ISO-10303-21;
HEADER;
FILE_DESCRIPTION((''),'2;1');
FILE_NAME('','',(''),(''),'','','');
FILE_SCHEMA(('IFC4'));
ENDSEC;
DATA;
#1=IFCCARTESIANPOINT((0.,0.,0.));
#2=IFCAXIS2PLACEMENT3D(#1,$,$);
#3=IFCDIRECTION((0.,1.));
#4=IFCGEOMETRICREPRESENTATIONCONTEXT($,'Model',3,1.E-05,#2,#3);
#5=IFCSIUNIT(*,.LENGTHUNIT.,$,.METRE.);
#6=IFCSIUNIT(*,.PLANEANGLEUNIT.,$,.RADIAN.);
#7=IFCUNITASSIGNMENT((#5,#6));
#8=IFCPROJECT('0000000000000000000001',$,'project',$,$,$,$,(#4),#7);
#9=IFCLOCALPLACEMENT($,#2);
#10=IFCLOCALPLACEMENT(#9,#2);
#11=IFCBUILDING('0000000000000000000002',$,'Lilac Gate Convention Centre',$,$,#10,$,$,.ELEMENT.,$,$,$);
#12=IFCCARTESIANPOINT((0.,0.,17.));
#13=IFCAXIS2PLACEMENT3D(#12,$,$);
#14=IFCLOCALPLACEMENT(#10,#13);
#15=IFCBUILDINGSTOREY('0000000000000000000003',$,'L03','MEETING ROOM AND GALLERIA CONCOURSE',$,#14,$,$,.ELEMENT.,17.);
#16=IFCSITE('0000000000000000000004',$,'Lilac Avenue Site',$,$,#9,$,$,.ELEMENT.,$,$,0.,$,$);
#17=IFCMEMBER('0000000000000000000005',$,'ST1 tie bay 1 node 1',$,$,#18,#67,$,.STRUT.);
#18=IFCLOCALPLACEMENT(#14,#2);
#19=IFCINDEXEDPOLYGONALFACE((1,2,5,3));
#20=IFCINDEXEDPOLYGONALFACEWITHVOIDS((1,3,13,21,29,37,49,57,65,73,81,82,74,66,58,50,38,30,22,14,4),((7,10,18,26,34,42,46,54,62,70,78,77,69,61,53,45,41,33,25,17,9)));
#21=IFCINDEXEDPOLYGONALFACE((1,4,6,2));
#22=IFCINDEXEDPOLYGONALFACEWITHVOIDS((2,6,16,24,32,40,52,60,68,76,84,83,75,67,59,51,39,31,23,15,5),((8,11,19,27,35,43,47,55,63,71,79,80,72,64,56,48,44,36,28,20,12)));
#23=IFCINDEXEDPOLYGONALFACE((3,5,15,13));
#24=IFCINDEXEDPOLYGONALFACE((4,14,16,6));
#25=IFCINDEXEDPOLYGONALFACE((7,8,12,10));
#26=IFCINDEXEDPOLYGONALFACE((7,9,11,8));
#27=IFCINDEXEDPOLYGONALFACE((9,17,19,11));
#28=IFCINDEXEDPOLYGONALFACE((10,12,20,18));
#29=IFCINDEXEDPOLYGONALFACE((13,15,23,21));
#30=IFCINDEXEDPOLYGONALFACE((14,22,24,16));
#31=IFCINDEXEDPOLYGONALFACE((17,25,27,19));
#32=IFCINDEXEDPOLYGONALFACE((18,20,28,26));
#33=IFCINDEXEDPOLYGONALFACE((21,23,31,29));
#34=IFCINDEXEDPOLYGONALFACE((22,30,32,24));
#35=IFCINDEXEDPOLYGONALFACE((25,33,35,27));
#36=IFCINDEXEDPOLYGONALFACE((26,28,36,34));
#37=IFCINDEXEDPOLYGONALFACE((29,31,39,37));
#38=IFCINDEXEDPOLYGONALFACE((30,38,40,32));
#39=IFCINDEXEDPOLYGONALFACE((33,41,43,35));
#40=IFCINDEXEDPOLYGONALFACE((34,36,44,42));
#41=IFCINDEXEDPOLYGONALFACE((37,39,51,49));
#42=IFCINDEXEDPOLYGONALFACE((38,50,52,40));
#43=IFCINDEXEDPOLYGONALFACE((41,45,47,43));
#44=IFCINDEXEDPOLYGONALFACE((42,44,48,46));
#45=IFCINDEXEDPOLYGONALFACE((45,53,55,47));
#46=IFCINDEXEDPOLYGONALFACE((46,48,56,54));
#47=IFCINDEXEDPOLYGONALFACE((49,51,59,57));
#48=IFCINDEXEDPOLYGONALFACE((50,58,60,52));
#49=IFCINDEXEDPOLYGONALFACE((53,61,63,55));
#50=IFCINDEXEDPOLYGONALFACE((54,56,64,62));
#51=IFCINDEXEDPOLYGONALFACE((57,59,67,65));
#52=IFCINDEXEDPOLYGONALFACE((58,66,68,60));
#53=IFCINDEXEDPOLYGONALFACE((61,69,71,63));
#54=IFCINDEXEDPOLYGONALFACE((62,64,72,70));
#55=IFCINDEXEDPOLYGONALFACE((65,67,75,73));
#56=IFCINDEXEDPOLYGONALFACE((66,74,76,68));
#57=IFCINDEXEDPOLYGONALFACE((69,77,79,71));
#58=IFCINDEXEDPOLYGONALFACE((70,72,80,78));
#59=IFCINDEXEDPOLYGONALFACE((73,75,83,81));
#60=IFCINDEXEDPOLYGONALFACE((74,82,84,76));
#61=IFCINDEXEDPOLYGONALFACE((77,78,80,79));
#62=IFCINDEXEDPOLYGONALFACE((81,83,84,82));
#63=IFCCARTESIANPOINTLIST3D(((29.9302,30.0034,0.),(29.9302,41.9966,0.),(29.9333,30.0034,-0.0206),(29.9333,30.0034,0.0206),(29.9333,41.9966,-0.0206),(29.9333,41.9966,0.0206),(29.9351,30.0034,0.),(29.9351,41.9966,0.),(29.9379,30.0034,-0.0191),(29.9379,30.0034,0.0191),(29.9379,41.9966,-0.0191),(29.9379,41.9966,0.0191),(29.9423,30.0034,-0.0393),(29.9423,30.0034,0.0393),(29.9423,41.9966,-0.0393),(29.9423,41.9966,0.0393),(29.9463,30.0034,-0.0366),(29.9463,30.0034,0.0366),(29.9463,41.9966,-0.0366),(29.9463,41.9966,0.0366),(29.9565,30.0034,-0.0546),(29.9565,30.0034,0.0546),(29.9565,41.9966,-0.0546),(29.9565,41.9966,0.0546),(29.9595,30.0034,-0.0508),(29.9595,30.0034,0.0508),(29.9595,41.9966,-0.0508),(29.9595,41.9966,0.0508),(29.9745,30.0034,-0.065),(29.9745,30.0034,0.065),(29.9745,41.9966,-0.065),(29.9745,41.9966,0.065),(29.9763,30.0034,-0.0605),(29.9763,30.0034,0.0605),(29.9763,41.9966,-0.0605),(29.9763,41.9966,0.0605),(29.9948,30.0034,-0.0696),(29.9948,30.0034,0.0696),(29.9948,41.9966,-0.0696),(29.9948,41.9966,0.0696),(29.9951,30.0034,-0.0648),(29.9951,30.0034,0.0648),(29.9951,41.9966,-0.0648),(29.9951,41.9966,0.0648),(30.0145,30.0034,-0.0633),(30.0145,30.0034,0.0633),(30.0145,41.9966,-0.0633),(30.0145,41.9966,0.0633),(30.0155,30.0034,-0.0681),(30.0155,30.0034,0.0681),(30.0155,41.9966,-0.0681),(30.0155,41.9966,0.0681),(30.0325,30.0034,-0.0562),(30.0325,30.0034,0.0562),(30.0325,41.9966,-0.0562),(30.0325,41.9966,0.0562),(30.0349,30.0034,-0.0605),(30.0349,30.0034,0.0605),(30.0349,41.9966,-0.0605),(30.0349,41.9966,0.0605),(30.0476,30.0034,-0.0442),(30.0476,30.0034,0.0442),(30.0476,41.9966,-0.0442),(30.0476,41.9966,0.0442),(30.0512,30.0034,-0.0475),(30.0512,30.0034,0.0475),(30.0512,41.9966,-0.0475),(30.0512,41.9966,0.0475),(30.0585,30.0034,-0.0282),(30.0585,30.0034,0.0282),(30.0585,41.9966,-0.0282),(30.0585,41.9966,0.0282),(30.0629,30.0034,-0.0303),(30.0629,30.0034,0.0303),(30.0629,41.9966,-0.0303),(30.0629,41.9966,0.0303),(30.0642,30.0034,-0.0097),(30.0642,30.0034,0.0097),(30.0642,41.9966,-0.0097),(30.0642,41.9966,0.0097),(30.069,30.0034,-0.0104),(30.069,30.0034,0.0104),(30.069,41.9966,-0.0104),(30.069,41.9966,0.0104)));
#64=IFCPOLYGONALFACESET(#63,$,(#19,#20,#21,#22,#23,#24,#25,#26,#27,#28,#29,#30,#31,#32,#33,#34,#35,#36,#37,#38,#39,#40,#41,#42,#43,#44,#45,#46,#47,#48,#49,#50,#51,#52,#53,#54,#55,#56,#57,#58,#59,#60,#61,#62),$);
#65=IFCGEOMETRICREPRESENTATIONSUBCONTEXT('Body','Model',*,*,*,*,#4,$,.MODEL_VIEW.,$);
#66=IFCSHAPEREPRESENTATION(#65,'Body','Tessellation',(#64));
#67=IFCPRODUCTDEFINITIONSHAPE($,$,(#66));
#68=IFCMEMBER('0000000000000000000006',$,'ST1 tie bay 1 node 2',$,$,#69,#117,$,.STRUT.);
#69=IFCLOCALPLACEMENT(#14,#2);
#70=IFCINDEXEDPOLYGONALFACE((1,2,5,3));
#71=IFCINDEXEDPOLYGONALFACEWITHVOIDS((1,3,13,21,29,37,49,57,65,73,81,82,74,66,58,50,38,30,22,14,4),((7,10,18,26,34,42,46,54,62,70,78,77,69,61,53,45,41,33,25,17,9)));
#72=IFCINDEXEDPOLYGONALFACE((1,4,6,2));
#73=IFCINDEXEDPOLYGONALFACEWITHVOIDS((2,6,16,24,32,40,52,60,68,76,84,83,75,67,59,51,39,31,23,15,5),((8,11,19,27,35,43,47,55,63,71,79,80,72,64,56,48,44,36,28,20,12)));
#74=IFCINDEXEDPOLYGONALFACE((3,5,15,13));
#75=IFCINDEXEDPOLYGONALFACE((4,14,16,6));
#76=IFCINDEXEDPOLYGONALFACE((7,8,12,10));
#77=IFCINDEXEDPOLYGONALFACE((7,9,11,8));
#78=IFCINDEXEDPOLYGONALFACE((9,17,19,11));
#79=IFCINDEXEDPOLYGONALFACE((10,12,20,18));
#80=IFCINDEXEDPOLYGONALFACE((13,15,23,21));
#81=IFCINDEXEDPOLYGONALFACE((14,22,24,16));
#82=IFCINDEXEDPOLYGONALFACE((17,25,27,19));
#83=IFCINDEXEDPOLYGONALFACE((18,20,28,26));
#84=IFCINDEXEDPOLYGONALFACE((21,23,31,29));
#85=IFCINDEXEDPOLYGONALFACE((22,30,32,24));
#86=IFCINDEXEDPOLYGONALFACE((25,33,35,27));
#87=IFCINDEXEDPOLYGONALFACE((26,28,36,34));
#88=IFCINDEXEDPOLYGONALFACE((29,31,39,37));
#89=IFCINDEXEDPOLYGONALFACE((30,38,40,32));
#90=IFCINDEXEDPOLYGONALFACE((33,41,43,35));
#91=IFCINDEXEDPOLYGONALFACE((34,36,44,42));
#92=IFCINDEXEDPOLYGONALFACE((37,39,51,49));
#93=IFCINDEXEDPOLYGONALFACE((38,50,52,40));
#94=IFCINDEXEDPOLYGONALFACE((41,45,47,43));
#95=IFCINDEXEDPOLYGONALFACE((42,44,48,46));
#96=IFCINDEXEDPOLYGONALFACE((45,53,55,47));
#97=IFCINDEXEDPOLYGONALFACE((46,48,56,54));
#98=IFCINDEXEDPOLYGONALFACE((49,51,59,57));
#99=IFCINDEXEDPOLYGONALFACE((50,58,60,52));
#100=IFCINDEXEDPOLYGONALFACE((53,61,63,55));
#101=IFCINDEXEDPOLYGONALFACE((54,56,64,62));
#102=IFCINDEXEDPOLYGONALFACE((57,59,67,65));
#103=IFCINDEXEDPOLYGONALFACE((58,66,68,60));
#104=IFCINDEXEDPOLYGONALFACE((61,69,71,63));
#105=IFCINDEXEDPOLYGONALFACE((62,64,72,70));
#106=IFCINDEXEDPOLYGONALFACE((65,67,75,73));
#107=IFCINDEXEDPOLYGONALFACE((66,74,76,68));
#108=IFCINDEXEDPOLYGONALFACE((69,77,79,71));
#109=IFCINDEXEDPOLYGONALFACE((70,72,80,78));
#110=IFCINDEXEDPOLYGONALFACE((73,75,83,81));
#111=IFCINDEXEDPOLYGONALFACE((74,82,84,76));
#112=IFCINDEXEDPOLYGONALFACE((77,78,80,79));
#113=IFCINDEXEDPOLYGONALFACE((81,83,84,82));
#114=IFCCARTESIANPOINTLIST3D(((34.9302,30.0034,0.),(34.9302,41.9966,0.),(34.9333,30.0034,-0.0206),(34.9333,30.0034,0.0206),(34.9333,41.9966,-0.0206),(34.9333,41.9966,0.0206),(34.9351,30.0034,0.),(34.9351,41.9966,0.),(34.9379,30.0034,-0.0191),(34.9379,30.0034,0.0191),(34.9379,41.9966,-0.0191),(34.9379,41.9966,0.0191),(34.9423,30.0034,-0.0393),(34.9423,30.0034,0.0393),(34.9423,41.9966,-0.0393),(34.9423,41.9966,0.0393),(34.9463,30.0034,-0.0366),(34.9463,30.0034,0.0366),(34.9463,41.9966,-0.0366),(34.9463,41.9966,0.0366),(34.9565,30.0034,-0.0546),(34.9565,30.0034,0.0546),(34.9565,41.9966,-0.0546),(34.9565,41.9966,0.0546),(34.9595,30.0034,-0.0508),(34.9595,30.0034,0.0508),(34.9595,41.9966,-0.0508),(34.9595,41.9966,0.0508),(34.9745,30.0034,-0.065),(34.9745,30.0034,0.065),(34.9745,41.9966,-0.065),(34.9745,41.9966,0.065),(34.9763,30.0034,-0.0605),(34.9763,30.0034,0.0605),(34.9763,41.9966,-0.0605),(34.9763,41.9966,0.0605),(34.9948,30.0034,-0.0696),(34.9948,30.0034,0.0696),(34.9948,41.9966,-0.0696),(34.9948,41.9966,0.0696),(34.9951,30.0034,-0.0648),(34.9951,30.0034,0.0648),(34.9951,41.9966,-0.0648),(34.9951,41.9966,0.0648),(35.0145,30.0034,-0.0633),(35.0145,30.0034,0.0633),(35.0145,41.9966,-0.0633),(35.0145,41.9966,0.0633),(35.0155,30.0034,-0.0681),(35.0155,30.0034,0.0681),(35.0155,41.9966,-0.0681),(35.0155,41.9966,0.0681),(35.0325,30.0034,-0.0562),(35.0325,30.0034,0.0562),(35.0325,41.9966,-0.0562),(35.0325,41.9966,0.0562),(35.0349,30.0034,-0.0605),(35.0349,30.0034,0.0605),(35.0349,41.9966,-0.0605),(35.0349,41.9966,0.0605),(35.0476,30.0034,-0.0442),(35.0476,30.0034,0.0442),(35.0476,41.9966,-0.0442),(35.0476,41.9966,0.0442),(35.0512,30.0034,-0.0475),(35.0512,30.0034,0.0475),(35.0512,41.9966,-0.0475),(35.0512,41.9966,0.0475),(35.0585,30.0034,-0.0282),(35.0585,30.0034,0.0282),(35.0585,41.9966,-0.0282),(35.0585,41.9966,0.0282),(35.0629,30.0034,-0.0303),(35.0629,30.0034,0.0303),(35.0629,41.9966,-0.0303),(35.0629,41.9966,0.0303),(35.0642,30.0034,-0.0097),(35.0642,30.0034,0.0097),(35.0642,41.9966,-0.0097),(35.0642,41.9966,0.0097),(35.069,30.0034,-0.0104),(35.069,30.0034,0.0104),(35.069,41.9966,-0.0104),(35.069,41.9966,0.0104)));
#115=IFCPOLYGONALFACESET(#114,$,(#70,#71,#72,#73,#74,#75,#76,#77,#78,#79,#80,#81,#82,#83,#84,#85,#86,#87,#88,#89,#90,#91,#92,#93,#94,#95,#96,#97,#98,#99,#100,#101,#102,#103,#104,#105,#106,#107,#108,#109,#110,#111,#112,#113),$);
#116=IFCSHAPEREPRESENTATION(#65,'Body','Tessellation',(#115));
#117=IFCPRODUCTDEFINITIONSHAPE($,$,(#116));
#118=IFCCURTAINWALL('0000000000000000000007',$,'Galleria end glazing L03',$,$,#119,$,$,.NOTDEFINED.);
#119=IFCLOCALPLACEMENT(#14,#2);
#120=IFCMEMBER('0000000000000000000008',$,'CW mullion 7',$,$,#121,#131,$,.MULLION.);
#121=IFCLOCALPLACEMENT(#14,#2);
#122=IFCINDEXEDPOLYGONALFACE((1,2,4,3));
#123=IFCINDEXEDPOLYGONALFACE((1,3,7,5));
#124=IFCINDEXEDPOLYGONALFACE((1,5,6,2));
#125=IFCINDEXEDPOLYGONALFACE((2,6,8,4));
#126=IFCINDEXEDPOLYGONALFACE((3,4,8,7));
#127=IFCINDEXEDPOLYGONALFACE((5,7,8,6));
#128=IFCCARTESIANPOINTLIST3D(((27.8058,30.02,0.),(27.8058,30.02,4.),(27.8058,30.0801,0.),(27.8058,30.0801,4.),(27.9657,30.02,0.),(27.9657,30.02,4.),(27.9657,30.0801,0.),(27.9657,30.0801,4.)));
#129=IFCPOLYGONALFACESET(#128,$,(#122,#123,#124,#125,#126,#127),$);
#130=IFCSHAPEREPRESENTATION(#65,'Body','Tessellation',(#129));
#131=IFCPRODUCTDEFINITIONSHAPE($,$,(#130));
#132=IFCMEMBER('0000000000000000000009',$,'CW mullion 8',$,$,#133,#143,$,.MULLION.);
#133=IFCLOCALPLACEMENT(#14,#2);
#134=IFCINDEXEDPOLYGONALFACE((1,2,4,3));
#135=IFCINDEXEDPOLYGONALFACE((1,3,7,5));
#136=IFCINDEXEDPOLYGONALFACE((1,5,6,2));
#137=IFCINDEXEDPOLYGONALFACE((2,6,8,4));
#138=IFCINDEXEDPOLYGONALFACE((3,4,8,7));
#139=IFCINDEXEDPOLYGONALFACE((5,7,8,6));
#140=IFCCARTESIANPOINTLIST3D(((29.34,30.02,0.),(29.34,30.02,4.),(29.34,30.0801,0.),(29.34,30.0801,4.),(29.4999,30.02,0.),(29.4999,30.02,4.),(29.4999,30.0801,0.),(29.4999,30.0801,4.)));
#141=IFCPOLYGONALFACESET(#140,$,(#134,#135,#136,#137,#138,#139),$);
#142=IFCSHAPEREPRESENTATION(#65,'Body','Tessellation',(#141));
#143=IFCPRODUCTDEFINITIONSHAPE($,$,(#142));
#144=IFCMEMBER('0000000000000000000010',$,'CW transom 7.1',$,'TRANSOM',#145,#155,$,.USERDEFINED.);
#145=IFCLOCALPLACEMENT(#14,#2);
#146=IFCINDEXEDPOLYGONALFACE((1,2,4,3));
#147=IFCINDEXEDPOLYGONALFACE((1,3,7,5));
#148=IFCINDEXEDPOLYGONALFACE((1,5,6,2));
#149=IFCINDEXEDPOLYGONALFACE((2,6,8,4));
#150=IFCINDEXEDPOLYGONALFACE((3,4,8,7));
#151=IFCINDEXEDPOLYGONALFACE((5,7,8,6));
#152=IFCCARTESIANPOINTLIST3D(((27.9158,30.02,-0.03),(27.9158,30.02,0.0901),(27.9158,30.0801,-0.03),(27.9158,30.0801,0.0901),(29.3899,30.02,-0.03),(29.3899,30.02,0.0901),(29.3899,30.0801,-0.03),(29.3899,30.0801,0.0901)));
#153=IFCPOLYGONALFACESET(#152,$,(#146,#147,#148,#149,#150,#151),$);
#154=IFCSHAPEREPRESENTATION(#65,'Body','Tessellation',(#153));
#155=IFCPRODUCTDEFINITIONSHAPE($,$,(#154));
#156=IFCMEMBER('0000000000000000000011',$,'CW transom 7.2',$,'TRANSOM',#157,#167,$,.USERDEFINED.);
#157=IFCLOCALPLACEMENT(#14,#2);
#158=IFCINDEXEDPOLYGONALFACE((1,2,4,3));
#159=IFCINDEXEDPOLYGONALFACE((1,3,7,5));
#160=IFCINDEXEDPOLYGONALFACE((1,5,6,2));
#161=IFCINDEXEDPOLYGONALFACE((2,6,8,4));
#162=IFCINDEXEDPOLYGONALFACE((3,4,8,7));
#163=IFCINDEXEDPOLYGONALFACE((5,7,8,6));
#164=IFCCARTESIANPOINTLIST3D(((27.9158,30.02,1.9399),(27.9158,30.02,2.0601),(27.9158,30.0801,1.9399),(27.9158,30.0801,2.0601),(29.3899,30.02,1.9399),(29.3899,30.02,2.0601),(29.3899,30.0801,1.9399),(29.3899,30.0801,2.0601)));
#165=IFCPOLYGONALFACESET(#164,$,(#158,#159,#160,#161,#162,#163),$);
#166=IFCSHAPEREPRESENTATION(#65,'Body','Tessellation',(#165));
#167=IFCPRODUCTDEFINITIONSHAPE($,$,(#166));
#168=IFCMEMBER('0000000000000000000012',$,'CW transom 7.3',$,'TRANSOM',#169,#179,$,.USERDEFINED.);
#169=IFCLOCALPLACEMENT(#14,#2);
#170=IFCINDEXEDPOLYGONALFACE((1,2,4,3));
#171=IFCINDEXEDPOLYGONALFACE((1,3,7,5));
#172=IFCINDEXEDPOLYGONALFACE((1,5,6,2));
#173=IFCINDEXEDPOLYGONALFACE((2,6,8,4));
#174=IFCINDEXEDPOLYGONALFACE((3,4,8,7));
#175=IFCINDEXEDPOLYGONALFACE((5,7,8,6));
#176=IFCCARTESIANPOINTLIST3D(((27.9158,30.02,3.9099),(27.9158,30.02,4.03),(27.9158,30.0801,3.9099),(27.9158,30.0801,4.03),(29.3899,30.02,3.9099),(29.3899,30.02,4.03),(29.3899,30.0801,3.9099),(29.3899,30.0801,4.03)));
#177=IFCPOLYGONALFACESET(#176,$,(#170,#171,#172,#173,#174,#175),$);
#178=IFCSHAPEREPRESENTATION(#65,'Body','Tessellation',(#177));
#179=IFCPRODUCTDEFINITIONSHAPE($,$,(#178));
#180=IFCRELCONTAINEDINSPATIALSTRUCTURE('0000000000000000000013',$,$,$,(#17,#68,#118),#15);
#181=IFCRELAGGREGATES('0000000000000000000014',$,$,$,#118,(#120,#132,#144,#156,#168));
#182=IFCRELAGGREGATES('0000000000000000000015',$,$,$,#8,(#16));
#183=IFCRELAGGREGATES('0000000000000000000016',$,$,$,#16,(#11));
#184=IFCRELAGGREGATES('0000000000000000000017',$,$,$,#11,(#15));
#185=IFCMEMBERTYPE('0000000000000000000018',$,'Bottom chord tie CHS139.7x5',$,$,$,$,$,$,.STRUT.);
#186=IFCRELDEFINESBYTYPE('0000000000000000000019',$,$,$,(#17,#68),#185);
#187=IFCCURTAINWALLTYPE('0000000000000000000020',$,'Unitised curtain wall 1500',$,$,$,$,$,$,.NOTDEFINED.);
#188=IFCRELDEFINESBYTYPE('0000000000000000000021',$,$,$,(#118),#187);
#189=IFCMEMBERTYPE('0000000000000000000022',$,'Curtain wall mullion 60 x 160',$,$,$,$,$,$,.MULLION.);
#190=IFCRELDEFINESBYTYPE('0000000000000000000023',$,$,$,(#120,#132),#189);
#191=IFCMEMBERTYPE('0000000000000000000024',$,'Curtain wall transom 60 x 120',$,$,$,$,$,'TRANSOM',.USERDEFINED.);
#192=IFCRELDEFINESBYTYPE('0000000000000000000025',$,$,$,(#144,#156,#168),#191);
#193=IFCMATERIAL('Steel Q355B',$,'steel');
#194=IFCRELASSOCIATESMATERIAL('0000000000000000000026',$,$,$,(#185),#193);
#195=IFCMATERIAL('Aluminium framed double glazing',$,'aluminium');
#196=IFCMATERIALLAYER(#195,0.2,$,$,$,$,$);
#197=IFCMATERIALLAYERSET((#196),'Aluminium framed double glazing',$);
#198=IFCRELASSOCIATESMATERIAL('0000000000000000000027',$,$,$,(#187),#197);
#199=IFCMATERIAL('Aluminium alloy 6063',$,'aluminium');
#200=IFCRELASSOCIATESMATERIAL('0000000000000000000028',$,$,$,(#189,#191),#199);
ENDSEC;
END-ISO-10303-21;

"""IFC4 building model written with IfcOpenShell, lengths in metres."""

from ifc_helpers import new_model, si_unit, direction, frame, origin, origin_2d, place, context, subcontext, project, spatial, rectangle, hollow_circle, extrude, material, layer, layer_set, material_profile, profile_set, type_object, element, aggregate, save


model = new_model("IFC4")

# Units and contexts
model_context = context("Model", 3, precision=1e-05, world=origin(), true_north=direction((0.0, 1.0)))
body_context = subcontext(model_context, "Body", "Model", "MODEL_VIEW")
ifc_project = project(units=[si_unit("LENGTHUNIT", "METRE"), si_unit("PLANEANGLEUNIT", "RADIAN")], contexts=[model_context])

# Site, building, storey
site_placement = place(None, origin())
site = spatial("IfcSite", under=ifc_project, at=site_placement, Name="Lilac Avenue Site", CompositionType="ELEMENT", RefElevation=0.0)
building_placement = place(site_placement, origin())
building = spatial("IfcBuilding", under=site, at=building_placement, Name="Lilac Gate Convention Centre", CompositionType="ELEMENT")
storey_placement = place(building_placement, frame((0.0, 0.0, 17.0)))
storey = spatial("IfcBuildingStorey", under=building, at=storey_placement, Name="L03", Description="MEETING ROOM AND GALLERIA CONCOURSE", CompositionType="ELEMENT", Elevation=17.0)

# Members
ifc_material_1 = material(Name="Steel Q355B", Category="steel")
ifc_material_profile_1 = material_profile(ifc_material_1, hollow_circle(Radius=0.0698, WallThickness=0.0049, at=origin_2d()), Name="CHS139.7x5")
ifc_profile_set_1 = profile_set([ifc_material_profile_1], Name="Steel Q355B")
member_type_1 = type_object("IfcMemberType", Name="Bottom chord tie CHS139.7x5", PredefinedType="STRUT", material=ifc_profile_set_1)
for number, where, z_axis, x_axis, name in (
    (1, (30.0, 30.0034, 0.0), (0.0, 1.0, 0.0), (-1.0, 0.0, 0.0), "ST1 tie bay 1 node 1"),
    (2, (35.0, 30.0034, 0.0), (0.0, 1.0, 0.0), (-1.0, 0.0, 0.0), "ST1 tie bay 1 node 2"),
):
    element("IfcMember", number, at=place(storey_placement, frame(where, z_axis=z_axis, x_axis=x_axis)), inside=storey, type_object=member_type_1, Name=name, PredefinedType="STRUT", context=body_context, shape_type="SweptSolid", body=[
        extrude(hollow_circle(Radius=0.0698, WallThickness=0.0049, at=origin_2d()), origin(), (0.0, 0.0, 1.0), 11.9932),
    ])

# Curtain wall, members
ifc_material_2 = material(Name="Aluminium framed double glazing", Category="aluminium")
ifc_layer_1 = layer(ifc_material_2, 0.2)
ifc_layer_set_1 = layer_set([ifc_layer_1], Name="Aluminium framed double glazing")
curtain_wall_type = type_object("IfcCurtainWallType", Name="Unitised curtain wall 1500", PredefinedType="NOTDEFINED", material=ifc_layer_set_1)
curtain_wall_placement = place(storey_placement, origin())
curtain_wall = element("IfcCurtainWall", 3, at=curtain_wall_placement, inside=storey, type_object=curtain_wall_type, Name="Galleria end glazing L03", PredefinedType="NOTDEFINED")
ifc_material_3 = material(Name="Aluminium alloy 6063", Category="aluminium")
ifc_material_profile_2 = material_profile(ifc_material_3, rectangle(XDim=0.0601, YDim=0.1599, at=origin_2d()), Name="Curtain wall mullion 60 x 160")
ifc_profile_set_2 = profile_set([ifc_material_profile_2], Name="Aluminium alloy 6063")
member_type_2 = type_object("IfcMemberType", Name="Curtain wall mullion 60 x 160", PredefinedType="MULLION", material=ifc_profile_set_2)
member_1_placement = place(storey_placement, frame((27.8857, 30.05, 0.0), z_axis=(0.0, 0.0, 1.0), x_axis=(0.0, 1.0, 0.0)))
member_1 = element("IfcMember", 4, at=member_1_placement, type_object=member_type_2, Name="CW mullion 7", PredefinedType="MULLION", context=body_context, shape_type="SweptSolid", body=[
    extrude(rectangle(XDim=0.0601, YDim=0.1599, at=origin_2d()), origin(), (0.0, 0.0, 1.0), 4.0),
])
member_2_placement = place(storey_placement, frame((29.4199, 30.05, 0.0), z_axis=(0.0, 0.0, 1.0), x_axis=(0.0, 1.0, 0.0)))
member_2 = element("IfcMember", 5, at=member_2_placement, type_object=member_type_2, Name="CW mullion 8", PredefinedType="MULLION", context=body_context, shape_type="SweptSolid", body=[
    extrude(rectangle(XDim=0.0601, YDim=0.1599, at=origin_2d()), origin(), (0.0, 0.0, 1.0), 4.0),
])
ifc_material_profile_3 = material_profile(ifc_material_3, rectangle(XDim=0.0601, YDim=0.1201, at=origin_2d()), Name="Curtain wall transom 60 x 120")
ifc_profile_set_3 = profile_set([ifc_material_profile_3], Name="Aluminium alloy 6063")
member_type_3 = type_object("IfcMemberType", Name="Curtain wall transom 60 x 120", ElementType="TRANSOM", PredefinedType="USERDEFINED", material=ifc_profile_set_3)
member_3_placement = place(storey_placement, frame((27.9158, 30.05, 0.03), z_axis=(1.0, 0.0, 0.0), x_axis=(0.0, 1.0, 0.0)))
member_3 = element("IfcMember", 6, at=member_3_placement, type_object=member_type_3, Name="CW transom 7.1", ObjectType="TRANSOM", PredefinedType="USERDEFINED", context=body_context, shape_type="SweptSolid", body=[
    extrude(rectangle(XDim=0.0601, YDim=0.1201, at=origin_2d()), origin(), (0.0, 0.0, 1.0), 1.4741),
])
member_4_placement = place(storey_placement, frame((27.9158, 30.05, 2.0), z_axis=(1.0, 0.0, 0.0), x_axis=(0.0, 1.0, 0.0)))
member_4 = element("IfcMember", 7, at=member_4_placement, type_object=member_type_3, Name="CW transom 7.2", ObjectType="TRANSOM", PredefinedType="USERDEFINED", context=body_context, shape_type="SweptSolid", body=[
    extrude(rectangle(XDim=0.0601, YDim=0.1201, at=origin_2d()), origin(), (0.0, 0.0, 1.0), 1.4741),
])
member_5_placement = place(storey_placement, frame((27.9158, 30.05, 3.97), z_axis=(1.0, 0.0, 0.0), x_axis=(0.0, 1.0, 0.0)))
member_5 = element("IfcMember", 8, at=member_5_placement, type_object=member_type_3, Name="CW transom 7.3", ObjectType="TRANSOM", PredefinedType="USERDEFINED", context=body_context, shape_type="SweptSolid", body=[
    extrude(rectangle(XDim=0.0601, YDim=0.1201, at=origin_2d()), origin(), (0.0, 0.0, 1.0), 1.4741),
])

aggregate(curtain_wall, [member_1, member_2, member_3, member_4, member_5])

save(model, "model.ifc")
